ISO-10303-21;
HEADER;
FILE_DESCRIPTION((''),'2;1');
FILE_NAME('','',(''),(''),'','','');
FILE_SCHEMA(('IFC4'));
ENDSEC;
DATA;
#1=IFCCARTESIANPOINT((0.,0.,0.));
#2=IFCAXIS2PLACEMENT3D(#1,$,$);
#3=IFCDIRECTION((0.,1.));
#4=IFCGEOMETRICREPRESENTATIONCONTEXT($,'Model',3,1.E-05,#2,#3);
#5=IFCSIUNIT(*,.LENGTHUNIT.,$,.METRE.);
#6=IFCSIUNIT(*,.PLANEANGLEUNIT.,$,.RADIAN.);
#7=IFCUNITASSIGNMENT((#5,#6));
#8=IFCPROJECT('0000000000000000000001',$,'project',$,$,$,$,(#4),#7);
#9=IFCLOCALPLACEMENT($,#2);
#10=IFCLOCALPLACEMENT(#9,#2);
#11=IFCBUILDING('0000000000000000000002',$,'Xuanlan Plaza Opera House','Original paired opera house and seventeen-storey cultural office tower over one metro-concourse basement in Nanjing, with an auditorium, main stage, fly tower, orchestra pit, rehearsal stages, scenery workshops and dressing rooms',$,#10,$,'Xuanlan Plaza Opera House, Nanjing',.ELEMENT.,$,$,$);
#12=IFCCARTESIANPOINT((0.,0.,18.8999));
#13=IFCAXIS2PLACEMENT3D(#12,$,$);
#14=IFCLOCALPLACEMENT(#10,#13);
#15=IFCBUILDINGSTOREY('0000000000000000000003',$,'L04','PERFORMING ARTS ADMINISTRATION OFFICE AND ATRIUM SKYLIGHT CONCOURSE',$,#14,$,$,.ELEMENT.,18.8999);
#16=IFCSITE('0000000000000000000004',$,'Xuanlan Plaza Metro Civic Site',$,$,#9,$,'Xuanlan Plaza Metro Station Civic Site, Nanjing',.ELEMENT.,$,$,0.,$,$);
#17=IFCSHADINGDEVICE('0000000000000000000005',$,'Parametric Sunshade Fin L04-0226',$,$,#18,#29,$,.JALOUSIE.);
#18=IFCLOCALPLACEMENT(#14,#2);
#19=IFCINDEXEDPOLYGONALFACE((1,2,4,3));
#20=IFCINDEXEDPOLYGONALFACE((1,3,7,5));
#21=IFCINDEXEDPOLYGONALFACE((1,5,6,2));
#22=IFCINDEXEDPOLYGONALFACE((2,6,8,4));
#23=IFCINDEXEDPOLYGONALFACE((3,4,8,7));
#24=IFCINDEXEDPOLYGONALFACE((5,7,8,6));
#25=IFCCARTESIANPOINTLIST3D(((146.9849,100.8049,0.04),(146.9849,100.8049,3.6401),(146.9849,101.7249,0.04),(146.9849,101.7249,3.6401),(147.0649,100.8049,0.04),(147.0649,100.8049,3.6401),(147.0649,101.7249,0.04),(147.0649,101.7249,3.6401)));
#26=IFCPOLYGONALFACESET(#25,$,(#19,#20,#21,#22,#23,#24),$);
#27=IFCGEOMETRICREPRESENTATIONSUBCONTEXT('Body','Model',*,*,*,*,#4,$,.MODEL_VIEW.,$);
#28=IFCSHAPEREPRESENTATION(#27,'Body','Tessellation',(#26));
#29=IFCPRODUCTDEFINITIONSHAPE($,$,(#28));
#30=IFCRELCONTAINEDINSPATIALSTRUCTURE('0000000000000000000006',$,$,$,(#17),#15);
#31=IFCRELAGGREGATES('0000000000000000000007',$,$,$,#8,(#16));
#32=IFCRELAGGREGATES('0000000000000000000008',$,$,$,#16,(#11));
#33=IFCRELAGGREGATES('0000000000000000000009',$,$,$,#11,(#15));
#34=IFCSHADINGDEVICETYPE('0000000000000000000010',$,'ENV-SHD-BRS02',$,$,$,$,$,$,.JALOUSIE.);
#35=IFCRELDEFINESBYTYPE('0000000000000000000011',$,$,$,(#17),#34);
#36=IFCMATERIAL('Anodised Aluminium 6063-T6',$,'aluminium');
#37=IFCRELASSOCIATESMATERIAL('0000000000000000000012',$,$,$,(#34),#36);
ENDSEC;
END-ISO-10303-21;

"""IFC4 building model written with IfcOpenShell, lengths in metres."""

from ifc_helpers import new_model, si_unit, direction, frame, origin, origin_2d, place, context, subcontext, project, spatial, rectangle, extrude, material, type_object, element, save


model = new_model("IFC4")

# Units and contexts
model_context = context("Model", 3, precision=1e-05, world=origin(), true_north=direction((0.0, 1.0)))
body_context = subcontext(model_context, "Body", "Model", "MODEL_VIEW")
ifc_project = project(units=[si_unit("LENGTHUNIT", "METRE"), si_unit("PLANEANGLEUNIT", "RADIAN")], contexts=[model_context])

# Site, building, storey
site_placement = place(None, origin())
site = spatial("IfcSite", under=ifc_project, at=site_placement, Name="Xuanlan Plaza Metro Civic Site", LongName="Xuanlan Plaza Metro Station Civic Site, Nanjing", CompositionType="ELEMENT", RefElevation=0.0)
building_placement = place(site_placement, origin())
building = spatial("IfcBuilding", under=site, at=building_placement, Name="Xuanlan Plaza Opera House", Description="Original paired opera house and seventeen-storey cultural office tower over one metro-concourse basement in Nanjing, with an auditorium, main stage, fly tower, orchestra pit, rehearsal stages, scenery workshops and dressing rooms", LongName="Xuanlan Plaza Opera House, Nanjing", CompositionType="ELEMENT")
storey_placement = place(building_placement, frame((0.0, 0.0, 18.8999)))
storey = spatial("IfcBuildingStorey", under=building, at=storey_placement, Name="L04", Description="PERFORMING ARTS ADMINISTRATION OFFICE AND ATRIUM SKYLIGHT CONCOURSE", CompositionType="ELEMENT", Elevation=18.8999)

# Shared definitions
ifc_material_1 = material(Name="Anodised Aluminium 6063-T6", Category="aluminium")

# Shading device
shading_device_type = type_object("IfcShadingDeviceType", Name="ENV-SHD-BRS02", PredefinedType="JALOUSIE", material=ifc_material_1)
shading_device_placement = place(storey_placement, frame((147.0249, 101.2649, 0.04), z_axis=(0.0, 0.0, 1.0), x_axis=(0.0, 1.0, 0.0)))
element("IfcShadingDevice", 1, at=shading_device_placement, inside=storey, type_object=shading_device_type, Name="Parametric Sunshade Fin L04-0226", PredefinedType="JALOUSIE", context=body_context, shape_type="SweptSolid", body=[
    extrude(rectangle(XDim=0.9199, YDim=0.0801, at=origin_2d()), origin(), (0.0, 0.0, 1.0), 3.6001),
])

save(model, "model.ifc")
